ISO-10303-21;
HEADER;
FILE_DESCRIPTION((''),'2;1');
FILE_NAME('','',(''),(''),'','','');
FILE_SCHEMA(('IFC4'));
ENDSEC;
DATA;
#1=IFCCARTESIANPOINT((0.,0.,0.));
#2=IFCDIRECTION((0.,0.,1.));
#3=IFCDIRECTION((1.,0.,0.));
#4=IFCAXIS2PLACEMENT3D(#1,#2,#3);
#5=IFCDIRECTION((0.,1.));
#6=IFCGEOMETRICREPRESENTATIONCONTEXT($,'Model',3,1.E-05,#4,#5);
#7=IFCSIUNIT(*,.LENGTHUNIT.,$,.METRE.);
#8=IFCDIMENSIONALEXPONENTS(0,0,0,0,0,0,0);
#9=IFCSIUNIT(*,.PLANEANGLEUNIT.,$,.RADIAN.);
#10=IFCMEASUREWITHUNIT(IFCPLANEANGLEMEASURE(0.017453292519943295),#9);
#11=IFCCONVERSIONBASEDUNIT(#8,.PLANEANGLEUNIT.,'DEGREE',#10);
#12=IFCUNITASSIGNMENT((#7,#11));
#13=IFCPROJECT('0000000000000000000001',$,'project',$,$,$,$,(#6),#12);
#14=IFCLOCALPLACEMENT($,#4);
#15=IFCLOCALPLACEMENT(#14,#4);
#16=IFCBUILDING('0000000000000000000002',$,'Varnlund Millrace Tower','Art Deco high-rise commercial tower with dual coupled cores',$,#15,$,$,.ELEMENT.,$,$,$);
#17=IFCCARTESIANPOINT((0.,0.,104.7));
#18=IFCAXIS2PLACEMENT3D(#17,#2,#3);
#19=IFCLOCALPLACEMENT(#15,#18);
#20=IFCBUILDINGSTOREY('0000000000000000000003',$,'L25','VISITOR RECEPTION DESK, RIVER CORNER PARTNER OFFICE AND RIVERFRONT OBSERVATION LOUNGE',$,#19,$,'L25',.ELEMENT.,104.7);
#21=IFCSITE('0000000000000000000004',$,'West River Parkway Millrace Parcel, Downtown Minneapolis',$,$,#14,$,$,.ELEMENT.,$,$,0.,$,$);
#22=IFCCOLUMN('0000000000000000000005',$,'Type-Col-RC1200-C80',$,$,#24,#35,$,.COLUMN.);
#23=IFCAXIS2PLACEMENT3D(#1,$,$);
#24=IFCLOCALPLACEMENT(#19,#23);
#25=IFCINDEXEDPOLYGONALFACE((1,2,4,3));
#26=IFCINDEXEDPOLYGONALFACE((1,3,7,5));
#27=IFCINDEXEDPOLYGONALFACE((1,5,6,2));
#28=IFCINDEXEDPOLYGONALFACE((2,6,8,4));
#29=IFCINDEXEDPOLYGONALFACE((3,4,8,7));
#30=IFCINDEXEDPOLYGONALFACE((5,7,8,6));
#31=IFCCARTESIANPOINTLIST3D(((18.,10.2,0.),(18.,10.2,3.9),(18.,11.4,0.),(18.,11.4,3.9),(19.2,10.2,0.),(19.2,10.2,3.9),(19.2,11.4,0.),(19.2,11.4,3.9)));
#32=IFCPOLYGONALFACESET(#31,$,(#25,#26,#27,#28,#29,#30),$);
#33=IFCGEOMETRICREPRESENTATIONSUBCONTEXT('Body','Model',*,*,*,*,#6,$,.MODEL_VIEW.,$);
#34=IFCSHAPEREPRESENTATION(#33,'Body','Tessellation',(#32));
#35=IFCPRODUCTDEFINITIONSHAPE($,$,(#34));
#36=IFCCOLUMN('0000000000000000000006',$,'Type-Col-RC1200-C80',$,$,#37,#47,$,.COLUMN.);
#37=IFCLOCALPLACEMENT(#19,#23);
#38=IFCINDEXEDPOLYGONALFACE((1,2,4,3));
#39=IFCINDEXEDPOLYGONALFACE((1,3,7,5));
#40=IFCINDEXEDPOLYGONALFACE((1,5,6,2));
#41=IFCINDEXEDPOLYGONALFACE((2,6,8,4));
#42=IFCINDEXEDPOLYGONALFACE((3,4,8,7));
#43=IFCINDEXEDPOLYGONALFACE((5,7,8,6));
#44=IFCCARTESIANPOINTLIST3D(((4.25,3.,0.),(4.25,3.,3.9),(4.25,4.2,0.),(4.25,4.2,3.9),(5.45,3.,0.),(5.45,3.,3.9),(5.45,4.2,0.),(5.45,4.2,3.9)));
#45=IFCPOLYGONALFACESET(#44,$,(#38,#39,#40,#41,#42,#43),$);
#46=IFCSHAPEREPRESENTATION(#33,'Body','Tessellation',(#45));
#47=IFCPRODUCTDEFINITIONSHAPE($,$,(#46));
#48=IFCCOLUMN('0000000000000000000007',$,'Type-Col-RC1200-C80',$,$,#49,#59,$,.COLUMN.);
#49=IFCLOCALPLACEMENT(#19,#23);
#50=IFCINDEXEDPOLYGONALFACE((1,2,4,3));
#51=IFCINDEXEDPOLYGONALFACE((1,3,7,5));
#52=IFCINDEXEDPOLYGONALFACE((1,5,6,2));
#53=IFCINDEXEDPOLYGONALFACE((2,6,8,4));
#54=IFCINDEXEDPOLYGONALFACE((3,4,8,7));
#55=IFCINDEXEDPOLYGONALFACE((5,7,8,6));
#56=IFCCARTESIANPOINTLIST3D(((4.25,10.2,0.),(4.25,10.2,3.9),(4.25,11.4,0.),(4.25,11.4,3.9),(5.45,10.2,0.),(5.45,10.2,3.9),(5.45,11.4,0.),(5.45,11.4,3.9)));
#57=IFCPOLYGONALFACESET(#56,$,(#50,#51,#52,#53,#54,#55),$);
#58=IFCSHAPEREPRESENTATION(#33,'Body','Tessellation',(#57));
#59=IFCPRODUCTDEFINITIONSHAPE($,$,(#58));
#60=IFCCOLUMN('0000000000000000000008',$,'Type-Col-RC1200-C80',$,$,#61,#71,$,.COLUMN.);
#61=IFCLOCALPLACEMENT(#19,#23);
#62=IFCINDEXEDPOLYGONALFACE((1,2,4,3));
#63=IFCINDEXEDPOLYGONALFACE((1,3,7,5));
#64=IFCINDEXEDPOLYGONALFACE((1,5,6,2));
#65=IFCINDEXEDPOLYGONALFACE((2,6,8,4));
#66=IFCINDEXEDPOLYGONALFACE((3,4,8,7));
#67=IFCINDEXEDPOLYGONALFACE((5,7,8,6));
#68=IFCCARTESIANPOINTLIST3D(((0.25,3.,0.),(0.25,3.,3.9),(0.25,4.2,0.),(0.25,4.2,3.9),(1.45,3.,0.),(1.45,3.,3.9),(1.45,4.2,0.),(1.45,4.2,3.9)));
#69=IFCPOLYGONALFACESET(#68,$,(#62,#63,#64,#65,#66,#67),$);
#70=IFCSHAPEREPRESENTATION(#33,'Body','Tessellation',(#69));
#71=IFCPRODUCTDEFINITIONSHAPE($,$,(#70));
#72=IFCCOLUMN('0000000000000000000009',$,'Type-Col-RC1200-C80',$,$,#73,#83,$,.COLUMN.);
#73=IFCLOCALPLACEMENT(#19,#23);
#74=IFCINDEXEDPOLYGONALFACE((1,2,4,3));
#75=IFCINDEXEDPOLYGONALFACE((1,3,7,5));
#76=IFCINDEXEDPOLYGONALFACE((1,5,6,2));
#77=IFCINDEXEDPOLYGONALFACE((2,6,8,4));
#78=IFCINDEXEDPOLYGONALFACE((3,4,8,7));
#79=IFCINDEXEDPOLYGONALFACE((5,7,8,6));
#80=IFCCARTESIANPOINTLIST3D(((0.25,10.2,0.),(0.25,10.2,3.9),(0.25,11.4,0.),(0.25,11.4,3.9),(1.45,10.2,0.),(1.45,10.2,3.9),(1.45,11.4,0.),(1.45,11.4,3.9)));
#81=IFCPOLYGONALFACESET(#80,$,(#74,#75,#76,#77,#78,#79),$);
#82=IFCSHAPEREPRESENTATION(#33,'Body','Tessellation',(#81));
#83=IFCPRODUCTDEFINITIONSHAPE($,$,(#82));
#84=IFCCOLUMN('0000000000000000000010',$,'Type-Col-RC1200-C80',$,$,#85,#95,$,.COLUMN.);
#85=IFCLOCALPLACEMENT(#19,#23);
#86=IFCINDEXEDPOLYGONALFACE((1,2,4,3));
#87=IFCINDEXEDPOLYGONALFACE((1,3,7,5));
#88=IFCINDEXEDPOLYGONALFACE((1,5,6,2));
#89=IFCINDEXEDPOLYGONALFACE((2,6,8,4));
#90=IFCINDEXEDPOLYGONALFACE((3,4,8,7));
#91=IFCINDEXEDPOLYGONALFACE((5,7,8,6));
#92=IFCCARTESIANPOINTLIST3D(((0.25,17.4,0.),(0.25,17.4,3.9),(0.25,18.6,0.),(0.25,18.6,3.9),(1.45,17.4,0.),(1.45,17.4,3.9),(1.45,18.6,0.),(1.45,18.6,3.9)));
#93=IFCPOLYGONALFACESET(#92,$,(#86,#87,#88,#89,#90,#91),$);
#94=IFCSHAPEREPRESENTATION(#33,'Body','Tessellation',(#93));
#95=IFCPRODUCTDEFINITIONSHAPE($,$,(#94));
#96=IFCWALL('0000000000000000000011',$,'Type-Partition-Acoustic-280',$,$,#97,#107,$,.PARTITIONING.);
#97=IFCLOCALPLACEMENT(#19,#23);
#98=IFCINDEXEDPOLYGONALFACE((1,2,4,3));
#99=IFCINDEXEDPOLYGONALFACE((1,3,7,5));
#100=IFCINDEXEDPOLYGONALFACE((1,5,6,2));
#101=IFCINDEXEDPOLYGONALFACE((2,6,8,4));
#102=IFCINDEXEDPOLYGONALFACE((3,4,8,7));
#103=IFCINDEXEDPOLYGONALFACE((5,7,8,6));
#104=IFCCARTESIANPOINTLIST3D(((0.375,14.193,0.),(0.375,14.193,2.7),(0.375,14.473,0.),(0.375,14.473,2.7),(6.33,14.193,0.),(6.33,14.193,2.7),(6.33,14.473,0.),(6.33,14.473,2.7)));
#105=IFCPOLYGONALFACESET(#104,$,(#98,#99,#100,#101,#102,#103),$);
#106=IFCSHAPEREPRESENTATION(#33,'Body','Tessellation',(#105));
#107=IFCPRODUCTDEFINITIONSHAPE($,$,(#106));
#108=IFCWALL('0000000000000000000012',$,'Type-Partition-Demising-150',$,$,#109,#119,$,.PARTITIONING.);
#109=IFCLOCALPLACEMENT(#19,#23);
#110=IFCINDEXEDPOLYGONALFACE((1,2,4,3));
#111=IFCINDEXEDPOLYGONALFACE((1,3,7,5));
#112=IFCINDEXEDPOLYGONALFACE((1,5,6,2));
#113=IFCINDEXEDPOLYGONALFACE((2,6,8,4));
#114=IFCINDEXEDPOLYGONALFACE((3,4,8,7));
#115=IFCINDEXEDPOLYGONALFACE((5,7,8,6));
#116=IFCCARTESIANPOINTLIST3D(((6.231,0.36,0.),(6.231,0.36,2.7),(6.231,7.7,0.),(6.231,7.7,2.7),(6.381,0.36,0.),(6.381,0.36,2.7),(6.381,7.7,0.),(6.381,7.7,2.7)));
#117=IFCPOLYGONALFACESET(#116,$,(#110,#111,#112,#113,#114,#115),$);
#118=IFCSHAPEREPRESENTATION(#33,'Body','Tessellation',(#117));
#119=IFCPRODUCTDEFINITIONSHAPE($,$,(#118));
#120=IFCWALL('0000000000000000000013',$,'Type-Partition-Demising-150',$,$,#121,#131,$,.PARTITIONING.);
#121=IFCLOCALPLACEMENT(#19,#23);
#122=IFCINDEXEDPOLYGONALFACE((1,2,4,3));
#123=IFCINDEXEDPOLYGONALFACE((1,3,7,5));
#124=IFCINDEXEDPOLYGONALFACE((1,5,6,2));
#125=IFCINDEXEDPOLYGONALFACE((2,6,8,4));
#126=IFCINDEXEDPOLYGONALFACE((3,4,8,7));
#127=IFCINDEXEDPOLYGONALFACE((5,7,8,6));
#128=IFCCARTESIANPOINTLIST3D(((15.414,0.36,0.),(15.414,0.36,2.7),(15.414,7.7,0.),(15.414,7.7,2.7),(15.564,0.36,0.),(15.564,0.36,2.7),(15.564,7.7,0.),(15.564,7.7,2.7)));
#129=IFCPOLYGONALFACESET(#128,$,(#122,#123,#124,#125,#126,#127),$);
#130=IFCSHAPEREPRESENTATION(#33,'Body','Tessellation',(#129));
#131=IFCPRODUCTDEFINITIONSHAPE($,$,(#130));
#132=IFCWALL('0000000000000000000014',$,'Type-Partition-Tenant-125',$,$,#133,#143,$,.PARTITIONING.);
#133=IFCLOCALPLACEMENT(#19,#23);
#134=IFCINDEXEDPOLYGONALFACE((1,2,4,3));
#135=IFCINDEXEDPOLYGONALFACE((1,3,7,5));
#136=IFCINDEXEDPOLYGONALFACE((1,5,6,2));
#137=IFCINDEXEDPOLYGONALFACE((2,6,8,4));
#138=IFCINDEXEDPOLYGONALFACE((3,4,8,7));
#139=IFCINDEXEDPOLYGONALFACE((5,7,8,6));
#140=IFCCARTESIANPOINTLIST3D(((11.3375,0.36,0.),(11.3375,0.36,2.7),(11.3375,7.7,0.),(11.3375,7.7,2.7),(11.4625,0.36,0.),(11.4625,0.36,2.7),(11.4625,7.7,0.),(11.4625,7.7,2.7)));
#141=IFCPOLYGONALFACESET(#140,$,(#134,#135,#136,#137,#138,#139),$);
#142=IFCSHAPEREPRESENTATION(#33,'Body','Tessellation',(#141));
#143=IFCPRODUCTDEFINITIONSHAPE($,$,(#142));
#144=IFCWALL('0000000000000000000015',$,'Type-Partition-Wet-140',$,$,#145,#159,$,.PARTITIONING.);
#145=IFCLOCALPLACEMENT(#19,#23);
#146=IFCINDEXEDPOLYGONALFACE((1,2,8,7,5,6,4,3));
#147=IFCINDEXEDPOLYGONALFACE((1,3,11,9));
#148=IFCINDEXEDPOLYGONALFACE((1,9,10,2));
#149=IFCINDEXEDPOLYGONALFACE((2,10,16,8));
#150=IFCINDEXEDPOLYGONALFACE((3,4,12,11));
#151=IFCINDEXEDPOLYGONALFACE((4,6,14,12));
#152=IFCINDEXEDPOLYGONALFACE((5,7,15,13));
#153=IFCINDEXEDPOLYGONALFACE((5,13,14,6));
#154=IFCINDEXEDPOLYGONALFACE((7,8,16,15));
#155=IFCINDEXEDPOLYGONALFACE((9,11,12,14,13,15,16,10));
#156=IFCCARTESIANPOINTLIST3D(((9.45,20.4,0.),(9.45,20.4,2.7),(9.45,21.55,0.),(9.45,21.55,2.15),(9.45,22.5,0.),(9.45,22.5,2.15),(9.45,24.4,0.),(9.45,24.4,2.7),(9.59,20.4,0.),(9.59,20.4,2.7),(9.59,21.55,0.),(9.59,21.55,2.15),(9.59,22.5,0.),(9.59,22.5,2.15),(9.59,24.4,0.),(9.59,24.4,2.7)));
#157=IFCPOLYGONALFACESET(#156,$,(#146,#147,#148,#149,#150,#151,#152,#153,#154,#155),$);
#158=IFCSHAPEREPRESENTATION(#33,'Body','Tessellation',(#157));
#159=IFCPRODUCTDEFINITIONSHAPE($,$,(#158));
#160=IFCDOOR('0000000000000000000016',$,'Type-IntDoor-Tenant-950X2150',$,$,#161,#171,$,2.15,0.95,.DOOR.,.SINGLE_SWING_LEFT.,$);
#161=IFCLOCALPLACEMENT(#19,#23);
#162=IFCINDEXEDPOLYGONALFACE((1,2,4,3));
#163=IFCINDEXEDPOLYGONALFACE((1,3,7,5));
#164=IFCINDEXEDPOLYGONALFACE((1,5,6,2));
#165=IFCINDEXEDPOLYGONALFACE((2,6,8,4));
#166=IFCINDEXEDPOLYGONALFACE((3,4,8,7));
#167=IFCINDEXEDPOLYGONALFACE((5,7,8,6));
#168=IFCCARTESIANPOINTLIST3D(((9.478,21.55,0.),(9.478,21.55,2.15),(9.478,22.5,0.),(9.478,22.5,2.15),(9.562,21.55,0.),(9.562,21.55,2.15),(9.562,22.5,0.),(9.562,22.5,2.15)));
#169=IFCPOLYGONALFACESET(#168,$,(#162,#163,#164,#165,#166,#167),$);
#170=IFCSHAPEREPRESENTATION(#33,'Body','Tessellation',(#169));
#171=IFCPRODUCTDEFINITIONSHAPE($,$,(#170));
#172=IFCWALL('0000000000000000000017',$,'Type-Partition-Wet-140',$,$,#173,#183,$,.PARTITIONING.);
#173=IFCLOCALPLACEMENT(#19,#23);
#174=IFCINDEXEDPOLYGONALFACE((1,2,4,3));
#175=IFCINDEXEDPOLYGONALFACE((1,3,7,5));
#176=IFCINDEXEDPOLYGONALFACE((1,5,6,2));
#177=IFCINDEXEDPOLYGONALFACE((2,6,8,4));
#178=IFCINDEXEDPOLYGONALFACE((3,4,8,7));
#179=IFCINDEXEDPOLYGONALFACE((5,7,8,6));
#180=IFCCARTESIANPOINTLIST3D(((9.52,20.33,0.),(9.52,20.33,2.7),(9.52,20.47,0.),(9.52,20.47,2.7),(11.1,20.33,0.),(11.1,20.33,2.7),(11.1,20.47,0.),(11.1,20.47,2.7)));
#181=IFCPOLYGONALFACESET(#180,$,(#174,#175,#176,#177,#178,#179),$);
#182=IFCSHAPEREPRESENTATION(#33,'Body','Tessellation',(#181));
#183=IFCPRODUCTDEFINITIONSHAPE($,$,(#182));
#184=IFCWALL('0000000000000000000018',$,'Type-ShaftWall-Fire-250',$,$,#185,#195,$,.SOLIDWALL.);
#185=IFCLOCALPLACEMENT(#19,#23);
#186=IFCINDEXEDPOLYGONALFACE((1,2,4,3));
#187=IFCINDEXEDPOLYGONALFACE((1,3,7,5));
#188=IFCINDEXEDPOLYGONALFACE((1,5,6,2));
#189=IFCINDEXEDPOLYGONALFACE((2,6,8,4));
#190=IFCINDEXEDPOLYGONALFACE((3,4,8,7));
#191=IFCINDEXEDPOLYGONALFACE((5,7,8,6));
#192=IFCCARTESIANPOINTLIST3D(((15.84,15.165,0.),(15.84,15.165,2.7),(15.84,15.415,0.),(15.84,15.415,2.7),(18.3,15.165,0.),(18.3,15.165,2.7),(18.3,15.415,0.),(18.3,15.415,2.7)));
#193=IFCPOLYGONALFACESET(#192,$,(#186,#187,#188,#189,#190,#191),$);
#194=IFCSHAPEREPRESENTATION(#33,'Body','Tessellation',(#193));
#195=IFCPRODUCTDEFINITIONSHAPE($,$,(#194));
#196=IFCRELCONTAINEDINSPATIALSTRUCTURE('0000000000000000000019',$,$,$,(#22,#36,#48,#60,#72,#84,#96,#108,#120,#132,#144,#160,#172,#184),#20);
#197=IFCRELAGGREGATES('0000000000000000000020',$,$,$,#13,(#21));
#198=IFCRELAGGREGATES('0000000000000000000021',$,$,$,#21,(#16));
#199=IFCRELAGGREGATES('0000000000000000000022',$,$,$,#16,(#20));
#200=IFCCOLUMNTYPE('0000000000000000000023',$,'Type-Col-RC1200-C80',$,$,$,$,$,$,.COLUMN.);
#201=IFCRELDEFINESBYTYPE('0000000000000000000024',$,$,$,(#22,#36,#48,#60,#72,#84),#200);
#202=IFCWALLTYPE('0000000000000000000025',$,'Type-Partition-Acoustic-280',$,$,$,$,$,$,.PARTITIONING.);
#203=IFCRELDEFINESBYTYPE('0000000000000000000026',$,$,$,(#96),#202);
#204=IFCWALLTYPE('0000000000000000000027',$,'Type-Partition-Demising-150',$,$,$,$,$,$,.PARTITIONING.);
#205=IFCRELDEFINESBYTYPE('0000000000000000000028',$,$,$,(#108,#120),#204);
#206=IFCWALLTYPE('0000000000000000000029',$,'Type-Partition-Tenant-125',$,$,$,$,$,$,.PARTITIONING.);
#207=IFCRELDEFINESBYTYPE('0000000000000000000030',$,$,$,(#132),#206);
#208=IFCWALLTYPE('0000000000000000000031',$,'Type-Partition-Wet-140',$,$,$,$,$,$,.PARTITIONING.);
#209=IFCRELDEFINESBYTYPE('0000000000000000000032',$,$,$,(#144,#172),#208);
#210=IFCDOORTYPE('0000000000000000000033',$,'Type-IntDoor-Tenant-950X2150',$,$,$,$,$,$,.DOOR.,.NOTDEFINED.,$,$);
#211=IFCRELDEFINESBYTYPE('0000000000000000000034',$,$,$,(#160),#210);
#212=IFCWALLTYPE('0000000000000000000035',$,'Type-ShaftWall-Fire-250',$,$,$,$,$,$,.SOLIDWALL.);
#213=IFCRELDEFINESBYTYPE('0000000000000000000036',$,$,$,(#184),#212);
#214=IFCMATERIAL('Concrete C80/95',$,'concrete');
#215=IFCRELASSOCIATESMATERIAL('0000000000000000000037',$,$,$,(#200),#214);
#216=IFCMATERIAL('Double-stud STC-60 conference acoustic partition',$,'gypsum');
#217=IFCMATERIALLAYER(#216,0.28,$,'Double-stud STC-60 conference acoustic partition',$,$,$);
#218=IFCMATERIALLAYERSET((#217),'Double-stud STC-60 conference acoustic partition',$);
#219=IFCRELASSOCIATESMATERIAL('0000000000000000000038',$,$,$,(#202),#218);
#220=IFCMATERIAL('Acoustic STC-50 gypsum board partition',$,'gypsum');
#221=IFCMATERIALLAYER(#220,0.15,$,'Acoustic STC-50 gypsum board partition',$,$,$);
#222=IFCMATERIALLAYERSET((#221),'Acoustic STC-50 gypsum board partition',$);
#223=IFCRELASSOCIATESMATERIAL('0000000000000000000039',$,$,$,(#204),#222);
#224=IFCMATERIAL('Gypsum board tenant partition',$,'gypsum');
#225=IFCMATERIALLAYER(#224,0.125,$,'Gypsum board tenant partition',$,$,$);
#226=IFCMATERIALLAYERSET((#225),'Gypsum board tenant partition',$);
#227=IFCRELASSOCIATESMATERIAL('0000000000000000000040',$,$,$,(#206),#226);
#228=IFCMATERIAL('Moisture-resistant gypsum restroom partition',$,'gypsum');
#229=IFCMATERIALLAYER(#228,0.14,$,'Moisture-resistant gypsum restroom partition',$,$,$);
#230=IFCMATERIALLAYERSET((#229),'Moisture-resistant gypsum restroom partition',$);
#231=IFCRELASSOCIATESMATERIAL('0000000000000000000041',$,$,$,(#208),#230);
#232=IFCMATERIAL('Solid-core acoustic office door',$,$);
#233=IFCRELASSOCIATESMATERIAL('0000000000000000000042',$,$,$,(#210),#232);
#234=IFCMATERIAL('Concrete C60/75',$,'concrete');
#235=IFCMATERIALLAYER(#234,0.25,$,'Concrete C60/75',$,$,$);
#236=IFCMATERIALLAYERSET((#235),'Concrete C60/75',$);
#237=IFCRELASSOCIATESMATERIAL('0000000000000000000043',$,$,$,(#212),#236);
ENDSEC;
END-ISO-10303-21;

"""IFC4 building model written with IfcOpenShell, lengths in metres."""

from ifc_helpers import new_model, entity, si_unit, converted_unit, direction, frame, origin_with_axes, origin_2d_with_axis, place, context, subcontext, project, spatial, polyline, rectangle, outline, extrude, material, layer, layer_set, material_profile, profile_set, type_object, element, fill, save


model = new_model("IFC4")

# Units and contexts
model_context = context("Model", 3, precision=1e-05, world=origin_with_axes(), true_north=direction((0.0, 1.0)))
body_context = subcontext(model_context, "Body", "Model", "MODEL_VIEW")
ifc_project = project(units=[si_unit("LENGTHUNIT", "METRE"), converted_unit("PLANEANGLEUNIT", "DEGREE", entity("IfcPlaneAngleMeasure", 0.017453292519943295), si_unit("PLANEANGLEUNIT", "RADIAN"), dimensions=[0, 0, 0, 0, 0, 0, 0])], contexts=[model_context])

# Site, building, storey
site_placement = place(None, origin_with_axes())
site = spatial("IfcSite", under=ifc_project, at=site_placement, Name="West River Parkway Millrace Parcel, Downtown Minneapolis", CompositionType="ELEMENT", RefElevation=0.0)
building_placement = place(site_placement, origin_with_axes())
building = spatial("IfcBuilding", under=site, at=building_placement, Name="Varnlund Millrace Tower", Description="Art Deco high-rise commercial tower with dual coupled cores", CompositionType="ELEMENT")
storey_placement = place(building_placement, frame((0.0, 0.0, 104.7), z_axis=(0.0, 0.0, 1.0), x_axis=(1.0, 0.0, 0.0)))
storey = spatial("IfcBuildingStorey", under=building, at=storey_placement, Name="L25", Description="VISITOR RECEPTION DESK, RIVER CORNER PARTNER OFFICE AND RIVERFRONT OBSERVATION LOUNGE", LongName="L25", CompositionType="ELEMENT", Elevation=104.7)

# Columns
ifc_material_1 = material(Name="Concrete C80/95", Category="concrete")
ifc_material_profile = material_profile(ifc_material_1, rectangle(XDim=1.2, YDim=1.2, at=origin_2d_with_axis()), Name="Concrete C80/95")
ifc_profile_set = profile_set([ifc_material_profile], Name="Concrete C80/95")
column_type = type_object("IfcColumnType", Name="Type-Col-RC1200-C80", PredefinedType="COLUMN", material=ifc_profile_set)
for number, where, z_axis, x_axis, name in (
    (1, (18.6, 10.8, 0.0), (0.0, 0.0, 1.0), (1.0, 0.0, 0.0), "Type-Col-RC1200-C80"),
    (2, (4.85, 3.6, 0.0), (0.0, 0.0, 1.0), (1.0, 0.0, 0.0), "Type-Col-RC1200-C80"),
    (3, (4.85, 10.8, 0.0), (0.0, 0.0, 1.0), (1.0, 0.0, 0.0), "Type-Col-RC1200-C80"),
    (4, (0.85, 3.6, 0.0), (0.0, 0.0, 1.0), (1.0, 0.0, 0.0), "Type-Col-RC1200-C80"),
    (5, (0.85, 10.8, 0.0), (0.0, 0.0, 1.0), (1.0, 0.0, 0.0), "Type-Col-RC1200-C80"),
    (6, (0.85, 18.0, 0.0), (0.0, 0.0, 1.0), (1.0, 0.0, 0.0), "Type-Col-RC1200-C80"),
):
    element("IfcColumn", number, at=place(storey_placement, frame(where, z_axis=z_axis, x_axis=x_axis)), inside=storey, type_object=column_type, Name=name, PredefinedType="COLUMN", context=body_context, shape_type="SweptSolid", body=[
        extrude(rectangle(XDim=1.2, YDim=1.2, at=origin_2d_with_axis()), origin_with_axes(), (0.0, 0.0, 1.0), 3.9),
    ])

# Wall
ifc_material_2 = material(Name="Double-stud STC-60 conference acoustic partition", Category="gypsum")
ifc_layer_1 = layer(ifc_material_2, 0.28, Name="Double-stud STC-60 conference acoustic partition")
ifc_layer_set_1 = layer_set([ifc_layer_1], Name="Double-stud STC-60 conference acoustic partition")
wall_type_1 = type_object("IfcWallType", Name="Type-Partition-Acoustic-280", PredefinedType="PARTITIONING", material=ifc_layer_set_1)
wall_1_placement = place(storey_placement, frame((0.375, 14.333, 0.0), z_axis=(0.0, 0.0, 1.0), x_axis=(1.0, 0.0, 0.0)))
element("IfcWall", 7, at=wall_1_placement, inside=storey, type_object=wall_type_1, Name="Type-Partition-Acoustic-280", PredefinedType="PARTITIONING", context=body_context, shape_type="SweptSolid", body=[
    extrude(outline(polyline([(0.0, -0.14), (5.955, -0.14), (5.955, 0.14), (0.0, 0.14), (0.0, -0.14)])), origin_with_axes(), (0.0, 0.0, 1.0), 2.7),
])

# Walls
ifc_material_3 = material(Name="Acoustic STC-50 gypsum board partition", Category="gypsum")
ifc_layer_2 = layer(ifc_material_3, 0.15, Name="Acoustic STC-50 gypsum board partition")
ifc_layer_set_2 = layer_set([ifc_layer_2], Name="Acoustic STC-50 gypsum board partition")
wall_type_2 = type_object("IfcWallType", Name="Type-Partition-Demising-150", PredefinedType="PARTITIONING", material=ifc_layer_set_2)
for number, where, z_axis, x_axis, name in (
    (8, (6.306, 0.36, 0.0), (0.0, 0.0, 1.0), (0.0, 1.0, 0.0), "Type-Partition-Demising-150"),
    (9, (15.489, 0.36, 0.0), (0.0, 0.0, 1.0), (0.0, 1.0, 0.0), "Type-Partition-Demising-150"),
):
    element("IfcWall", number, at=place(storey_placement, frame(where, z_axis=z_axis, x_axis=x_axis)), inside=storey, type_object=wall_type_2, Name=name, PredefinedType="PARTITIONING", context=body_context, shape_type="SweptSolid", body=[
        extrude(outline(polyline([(0.0, -0.075), (7.34, -0.075), (7.34, 0.075), (0.0, 0.075), (0.0, -0.075)])), origin_with_axes(), (0.0, 0.0, 1.0), 2.7),
    ])
ifc_material_4 = material(Name="Gypsum board tenant partition", Category="gypsum")
ifc_layer_3 = layer(ifc_material_4, 0.125, Name="Gypsum board tenant partition")
ifc_layer_set_3 = layer_set([ifc_layer_3], Name="Gypsum board tenant partition")
wall_type_3 = type_object("IfcWallType", Name="Type-Partition-Tenant-125", PredefinedType="PARTITIONING", material=ifc_layer_set_3)
wall_2_placement = place(storey_placement, frame((11.4, 0.36, 0.0), z_axis=(0.0, 0.0, 1.0), x_axis=(0.0, 1.0, 0.0)))
element("IfcWall", 10, at=wall_2_placement, inside=storey, type_object=wall_type_3, Name="Type-Partition-Tenant-125", PredefinedType="PARTITIONING", context=body_context, shape_type="SweptSolid", body=[
    extrude(outline(polyline([(0.0, -0.0625), (7.34, -0.0625), (7.34, 0.0625), (0.0, 0.0625), (0.0, -0.0625)])), origin_with_axes(), (0.0, 0.0, 1.0), 2.7),
])

# Wall, opening, door
ifc_material_5 = material(Name="Moisture-resistant gypsum restroom partition", Category="gypsum")
ifc_layer_4 = layer(ifc_material_5, 0.14, Name="Moisture-resistant gypsum restroom partition")
ifc_layer_set_4 = layer_set([ifc_layer_4], Name="Moisture-resistant gypsum restroom partition")
wall_type_4 = type_object("IfcWallType", Name="Type-Partition-Wet-140", PredefinedType="PARTITIONING", material=ifc_layer_set_4)
wall_3_placement = place(storey_placement, frame((9.52, 20.4, 0.0), z_axis=(0.0, 0.0, 1.0), x_axis=(0.0, 1.0, 0.0)))
wall_3 = element("IfcWall", 11, at=wall_3_placement, inside=storey, type_object=wall_type_4, Name="Type-Partition-Wet-140", PredefinedType="PARTITIONING", context=body_context, shape_type="SweptSolid", body=[
    extrude(outline(polyline([(0.0, -0.07), (4.0, -0.07), (4.0, 0.07), (0.0, 0.07), (0.0, -0.07)])), origin_with_axes(), (0.0, 0.0, 1.0), 2.7),
])
opening_1_placement = place(wall_3_placement, frame((1.625, 0.0, 0.0), z_axis=(0.0, 0.0, 1.0), x_axis=(1.0, 0.0, 0.0)))
opening_1 = element("IfcOpeningElement", 12, at=opening_1_placement, cuts=wall_3, PredefinedType="OPENING", context=body_context, shape_type="SweptSolid", body=[
    extrude(rectangle(XDim=0.95, YDim=0.16, at=origin_2d_with_axis()), origin_with_axes(), (0.0, 0.0, 1.0), 2.15),
])
ifc_material_6 = material(Name="Solid-core acoustic office door")
door_type_1 = type_object("IfcDoorType", Name="Type-IntDoor-Tenant-950X2150", OperationType="NOTDEFINED", PredefinedType="DOOR", material=ifc_material_6)
door_1_placement = place(wall_3_placement, frame((1.625, 0.0, 0.0), z_axis=(0.0, 0.0, 1.0), x_axis=(1.0, 0.0, 0.0)))
door_1 = element("IfcDoor", 13, at=door_1_placement, inside=storey, type_object=door_type_1, Name="Type-IntDoor-Tenant-950X2150", OperationType="SINGLE_SWING_LEFT", OverallHeight=2.15, OverallWidth=0.95, PredefinedType="DOOR", context=body_context, shape_type="SweptSolid", body=[
    extrude(rectangle(XDim=0.95, YDim=0.084, at=origin_2d_with_axis()), origin_with_axes(), (0.0, 0.0, 1.0), 2.15),
])
fill(opening_1, door_1)

# Walls
wall_4_placement = place(storey_placement, frame((9.52, 20.4, 0.0), z_axis=(0.0, 0.0, 1.0), x_axis=(1.0, 0.0, 0.0)))
element("IfcWall", 14, at=wall_4_placement, inside=storey, type_object=wall_type_4, Name="Type-Partition-Wet-140", PredefinedType="PARTITIONING", context=body_context, shape_type="SweptSolid", body=[
    extrude(outline(polyline([(0.0, -0.07), (1.58, -0.07), (1.58, 0.07), (0.0, 0.07), (0.0, -0.07)])), origin_with_axes(), (0.0, 0.0, 1.0), 2.7),
])
ifc_material_7 = material(Name="Concrete C60/75", Category="concrete")
ifc_layer_5 = layer(ifc_material_7, 0.25, Name="Concrete C60/75")
ifc_layer_set_5 = layer_set([ifc_layer_5], Name="Concrete C60/75")
wall_type_5 = type_object("IfcWallType", Name="Type-ShaftWall-Fire-250", PredefinedType="SOLIDWALL", material=ifc_layer_set_5)
for number, where, z_axis, x_axis, name in (
    (15, (15.84, 15.29, 0.0), (0.0, 0.0, 1.0), (1.0, 0.0, 0.0), "Type-ShaftWall-Fire-250"),
):
    element("IfcWall", number, at=place(storey_placement, frame(where, z_axis=z_axis, x_axis=x_axis)), inside=storey, type_object=wall_type_5, Name=name, PredefinedType="SOLIDWALL", context=body_context, shape_type="SweptSolid", body=[
        extrude(outline(polyline([(0.0, -0.125), (2.46, -0.125), (2.46, 0.125), (0.0, 0.125), (0.0, -0.125)])), origin_with_axes(), (0.0, 0.0, 1.0), 2.7),
    ])

save(model, "model.ifc")
